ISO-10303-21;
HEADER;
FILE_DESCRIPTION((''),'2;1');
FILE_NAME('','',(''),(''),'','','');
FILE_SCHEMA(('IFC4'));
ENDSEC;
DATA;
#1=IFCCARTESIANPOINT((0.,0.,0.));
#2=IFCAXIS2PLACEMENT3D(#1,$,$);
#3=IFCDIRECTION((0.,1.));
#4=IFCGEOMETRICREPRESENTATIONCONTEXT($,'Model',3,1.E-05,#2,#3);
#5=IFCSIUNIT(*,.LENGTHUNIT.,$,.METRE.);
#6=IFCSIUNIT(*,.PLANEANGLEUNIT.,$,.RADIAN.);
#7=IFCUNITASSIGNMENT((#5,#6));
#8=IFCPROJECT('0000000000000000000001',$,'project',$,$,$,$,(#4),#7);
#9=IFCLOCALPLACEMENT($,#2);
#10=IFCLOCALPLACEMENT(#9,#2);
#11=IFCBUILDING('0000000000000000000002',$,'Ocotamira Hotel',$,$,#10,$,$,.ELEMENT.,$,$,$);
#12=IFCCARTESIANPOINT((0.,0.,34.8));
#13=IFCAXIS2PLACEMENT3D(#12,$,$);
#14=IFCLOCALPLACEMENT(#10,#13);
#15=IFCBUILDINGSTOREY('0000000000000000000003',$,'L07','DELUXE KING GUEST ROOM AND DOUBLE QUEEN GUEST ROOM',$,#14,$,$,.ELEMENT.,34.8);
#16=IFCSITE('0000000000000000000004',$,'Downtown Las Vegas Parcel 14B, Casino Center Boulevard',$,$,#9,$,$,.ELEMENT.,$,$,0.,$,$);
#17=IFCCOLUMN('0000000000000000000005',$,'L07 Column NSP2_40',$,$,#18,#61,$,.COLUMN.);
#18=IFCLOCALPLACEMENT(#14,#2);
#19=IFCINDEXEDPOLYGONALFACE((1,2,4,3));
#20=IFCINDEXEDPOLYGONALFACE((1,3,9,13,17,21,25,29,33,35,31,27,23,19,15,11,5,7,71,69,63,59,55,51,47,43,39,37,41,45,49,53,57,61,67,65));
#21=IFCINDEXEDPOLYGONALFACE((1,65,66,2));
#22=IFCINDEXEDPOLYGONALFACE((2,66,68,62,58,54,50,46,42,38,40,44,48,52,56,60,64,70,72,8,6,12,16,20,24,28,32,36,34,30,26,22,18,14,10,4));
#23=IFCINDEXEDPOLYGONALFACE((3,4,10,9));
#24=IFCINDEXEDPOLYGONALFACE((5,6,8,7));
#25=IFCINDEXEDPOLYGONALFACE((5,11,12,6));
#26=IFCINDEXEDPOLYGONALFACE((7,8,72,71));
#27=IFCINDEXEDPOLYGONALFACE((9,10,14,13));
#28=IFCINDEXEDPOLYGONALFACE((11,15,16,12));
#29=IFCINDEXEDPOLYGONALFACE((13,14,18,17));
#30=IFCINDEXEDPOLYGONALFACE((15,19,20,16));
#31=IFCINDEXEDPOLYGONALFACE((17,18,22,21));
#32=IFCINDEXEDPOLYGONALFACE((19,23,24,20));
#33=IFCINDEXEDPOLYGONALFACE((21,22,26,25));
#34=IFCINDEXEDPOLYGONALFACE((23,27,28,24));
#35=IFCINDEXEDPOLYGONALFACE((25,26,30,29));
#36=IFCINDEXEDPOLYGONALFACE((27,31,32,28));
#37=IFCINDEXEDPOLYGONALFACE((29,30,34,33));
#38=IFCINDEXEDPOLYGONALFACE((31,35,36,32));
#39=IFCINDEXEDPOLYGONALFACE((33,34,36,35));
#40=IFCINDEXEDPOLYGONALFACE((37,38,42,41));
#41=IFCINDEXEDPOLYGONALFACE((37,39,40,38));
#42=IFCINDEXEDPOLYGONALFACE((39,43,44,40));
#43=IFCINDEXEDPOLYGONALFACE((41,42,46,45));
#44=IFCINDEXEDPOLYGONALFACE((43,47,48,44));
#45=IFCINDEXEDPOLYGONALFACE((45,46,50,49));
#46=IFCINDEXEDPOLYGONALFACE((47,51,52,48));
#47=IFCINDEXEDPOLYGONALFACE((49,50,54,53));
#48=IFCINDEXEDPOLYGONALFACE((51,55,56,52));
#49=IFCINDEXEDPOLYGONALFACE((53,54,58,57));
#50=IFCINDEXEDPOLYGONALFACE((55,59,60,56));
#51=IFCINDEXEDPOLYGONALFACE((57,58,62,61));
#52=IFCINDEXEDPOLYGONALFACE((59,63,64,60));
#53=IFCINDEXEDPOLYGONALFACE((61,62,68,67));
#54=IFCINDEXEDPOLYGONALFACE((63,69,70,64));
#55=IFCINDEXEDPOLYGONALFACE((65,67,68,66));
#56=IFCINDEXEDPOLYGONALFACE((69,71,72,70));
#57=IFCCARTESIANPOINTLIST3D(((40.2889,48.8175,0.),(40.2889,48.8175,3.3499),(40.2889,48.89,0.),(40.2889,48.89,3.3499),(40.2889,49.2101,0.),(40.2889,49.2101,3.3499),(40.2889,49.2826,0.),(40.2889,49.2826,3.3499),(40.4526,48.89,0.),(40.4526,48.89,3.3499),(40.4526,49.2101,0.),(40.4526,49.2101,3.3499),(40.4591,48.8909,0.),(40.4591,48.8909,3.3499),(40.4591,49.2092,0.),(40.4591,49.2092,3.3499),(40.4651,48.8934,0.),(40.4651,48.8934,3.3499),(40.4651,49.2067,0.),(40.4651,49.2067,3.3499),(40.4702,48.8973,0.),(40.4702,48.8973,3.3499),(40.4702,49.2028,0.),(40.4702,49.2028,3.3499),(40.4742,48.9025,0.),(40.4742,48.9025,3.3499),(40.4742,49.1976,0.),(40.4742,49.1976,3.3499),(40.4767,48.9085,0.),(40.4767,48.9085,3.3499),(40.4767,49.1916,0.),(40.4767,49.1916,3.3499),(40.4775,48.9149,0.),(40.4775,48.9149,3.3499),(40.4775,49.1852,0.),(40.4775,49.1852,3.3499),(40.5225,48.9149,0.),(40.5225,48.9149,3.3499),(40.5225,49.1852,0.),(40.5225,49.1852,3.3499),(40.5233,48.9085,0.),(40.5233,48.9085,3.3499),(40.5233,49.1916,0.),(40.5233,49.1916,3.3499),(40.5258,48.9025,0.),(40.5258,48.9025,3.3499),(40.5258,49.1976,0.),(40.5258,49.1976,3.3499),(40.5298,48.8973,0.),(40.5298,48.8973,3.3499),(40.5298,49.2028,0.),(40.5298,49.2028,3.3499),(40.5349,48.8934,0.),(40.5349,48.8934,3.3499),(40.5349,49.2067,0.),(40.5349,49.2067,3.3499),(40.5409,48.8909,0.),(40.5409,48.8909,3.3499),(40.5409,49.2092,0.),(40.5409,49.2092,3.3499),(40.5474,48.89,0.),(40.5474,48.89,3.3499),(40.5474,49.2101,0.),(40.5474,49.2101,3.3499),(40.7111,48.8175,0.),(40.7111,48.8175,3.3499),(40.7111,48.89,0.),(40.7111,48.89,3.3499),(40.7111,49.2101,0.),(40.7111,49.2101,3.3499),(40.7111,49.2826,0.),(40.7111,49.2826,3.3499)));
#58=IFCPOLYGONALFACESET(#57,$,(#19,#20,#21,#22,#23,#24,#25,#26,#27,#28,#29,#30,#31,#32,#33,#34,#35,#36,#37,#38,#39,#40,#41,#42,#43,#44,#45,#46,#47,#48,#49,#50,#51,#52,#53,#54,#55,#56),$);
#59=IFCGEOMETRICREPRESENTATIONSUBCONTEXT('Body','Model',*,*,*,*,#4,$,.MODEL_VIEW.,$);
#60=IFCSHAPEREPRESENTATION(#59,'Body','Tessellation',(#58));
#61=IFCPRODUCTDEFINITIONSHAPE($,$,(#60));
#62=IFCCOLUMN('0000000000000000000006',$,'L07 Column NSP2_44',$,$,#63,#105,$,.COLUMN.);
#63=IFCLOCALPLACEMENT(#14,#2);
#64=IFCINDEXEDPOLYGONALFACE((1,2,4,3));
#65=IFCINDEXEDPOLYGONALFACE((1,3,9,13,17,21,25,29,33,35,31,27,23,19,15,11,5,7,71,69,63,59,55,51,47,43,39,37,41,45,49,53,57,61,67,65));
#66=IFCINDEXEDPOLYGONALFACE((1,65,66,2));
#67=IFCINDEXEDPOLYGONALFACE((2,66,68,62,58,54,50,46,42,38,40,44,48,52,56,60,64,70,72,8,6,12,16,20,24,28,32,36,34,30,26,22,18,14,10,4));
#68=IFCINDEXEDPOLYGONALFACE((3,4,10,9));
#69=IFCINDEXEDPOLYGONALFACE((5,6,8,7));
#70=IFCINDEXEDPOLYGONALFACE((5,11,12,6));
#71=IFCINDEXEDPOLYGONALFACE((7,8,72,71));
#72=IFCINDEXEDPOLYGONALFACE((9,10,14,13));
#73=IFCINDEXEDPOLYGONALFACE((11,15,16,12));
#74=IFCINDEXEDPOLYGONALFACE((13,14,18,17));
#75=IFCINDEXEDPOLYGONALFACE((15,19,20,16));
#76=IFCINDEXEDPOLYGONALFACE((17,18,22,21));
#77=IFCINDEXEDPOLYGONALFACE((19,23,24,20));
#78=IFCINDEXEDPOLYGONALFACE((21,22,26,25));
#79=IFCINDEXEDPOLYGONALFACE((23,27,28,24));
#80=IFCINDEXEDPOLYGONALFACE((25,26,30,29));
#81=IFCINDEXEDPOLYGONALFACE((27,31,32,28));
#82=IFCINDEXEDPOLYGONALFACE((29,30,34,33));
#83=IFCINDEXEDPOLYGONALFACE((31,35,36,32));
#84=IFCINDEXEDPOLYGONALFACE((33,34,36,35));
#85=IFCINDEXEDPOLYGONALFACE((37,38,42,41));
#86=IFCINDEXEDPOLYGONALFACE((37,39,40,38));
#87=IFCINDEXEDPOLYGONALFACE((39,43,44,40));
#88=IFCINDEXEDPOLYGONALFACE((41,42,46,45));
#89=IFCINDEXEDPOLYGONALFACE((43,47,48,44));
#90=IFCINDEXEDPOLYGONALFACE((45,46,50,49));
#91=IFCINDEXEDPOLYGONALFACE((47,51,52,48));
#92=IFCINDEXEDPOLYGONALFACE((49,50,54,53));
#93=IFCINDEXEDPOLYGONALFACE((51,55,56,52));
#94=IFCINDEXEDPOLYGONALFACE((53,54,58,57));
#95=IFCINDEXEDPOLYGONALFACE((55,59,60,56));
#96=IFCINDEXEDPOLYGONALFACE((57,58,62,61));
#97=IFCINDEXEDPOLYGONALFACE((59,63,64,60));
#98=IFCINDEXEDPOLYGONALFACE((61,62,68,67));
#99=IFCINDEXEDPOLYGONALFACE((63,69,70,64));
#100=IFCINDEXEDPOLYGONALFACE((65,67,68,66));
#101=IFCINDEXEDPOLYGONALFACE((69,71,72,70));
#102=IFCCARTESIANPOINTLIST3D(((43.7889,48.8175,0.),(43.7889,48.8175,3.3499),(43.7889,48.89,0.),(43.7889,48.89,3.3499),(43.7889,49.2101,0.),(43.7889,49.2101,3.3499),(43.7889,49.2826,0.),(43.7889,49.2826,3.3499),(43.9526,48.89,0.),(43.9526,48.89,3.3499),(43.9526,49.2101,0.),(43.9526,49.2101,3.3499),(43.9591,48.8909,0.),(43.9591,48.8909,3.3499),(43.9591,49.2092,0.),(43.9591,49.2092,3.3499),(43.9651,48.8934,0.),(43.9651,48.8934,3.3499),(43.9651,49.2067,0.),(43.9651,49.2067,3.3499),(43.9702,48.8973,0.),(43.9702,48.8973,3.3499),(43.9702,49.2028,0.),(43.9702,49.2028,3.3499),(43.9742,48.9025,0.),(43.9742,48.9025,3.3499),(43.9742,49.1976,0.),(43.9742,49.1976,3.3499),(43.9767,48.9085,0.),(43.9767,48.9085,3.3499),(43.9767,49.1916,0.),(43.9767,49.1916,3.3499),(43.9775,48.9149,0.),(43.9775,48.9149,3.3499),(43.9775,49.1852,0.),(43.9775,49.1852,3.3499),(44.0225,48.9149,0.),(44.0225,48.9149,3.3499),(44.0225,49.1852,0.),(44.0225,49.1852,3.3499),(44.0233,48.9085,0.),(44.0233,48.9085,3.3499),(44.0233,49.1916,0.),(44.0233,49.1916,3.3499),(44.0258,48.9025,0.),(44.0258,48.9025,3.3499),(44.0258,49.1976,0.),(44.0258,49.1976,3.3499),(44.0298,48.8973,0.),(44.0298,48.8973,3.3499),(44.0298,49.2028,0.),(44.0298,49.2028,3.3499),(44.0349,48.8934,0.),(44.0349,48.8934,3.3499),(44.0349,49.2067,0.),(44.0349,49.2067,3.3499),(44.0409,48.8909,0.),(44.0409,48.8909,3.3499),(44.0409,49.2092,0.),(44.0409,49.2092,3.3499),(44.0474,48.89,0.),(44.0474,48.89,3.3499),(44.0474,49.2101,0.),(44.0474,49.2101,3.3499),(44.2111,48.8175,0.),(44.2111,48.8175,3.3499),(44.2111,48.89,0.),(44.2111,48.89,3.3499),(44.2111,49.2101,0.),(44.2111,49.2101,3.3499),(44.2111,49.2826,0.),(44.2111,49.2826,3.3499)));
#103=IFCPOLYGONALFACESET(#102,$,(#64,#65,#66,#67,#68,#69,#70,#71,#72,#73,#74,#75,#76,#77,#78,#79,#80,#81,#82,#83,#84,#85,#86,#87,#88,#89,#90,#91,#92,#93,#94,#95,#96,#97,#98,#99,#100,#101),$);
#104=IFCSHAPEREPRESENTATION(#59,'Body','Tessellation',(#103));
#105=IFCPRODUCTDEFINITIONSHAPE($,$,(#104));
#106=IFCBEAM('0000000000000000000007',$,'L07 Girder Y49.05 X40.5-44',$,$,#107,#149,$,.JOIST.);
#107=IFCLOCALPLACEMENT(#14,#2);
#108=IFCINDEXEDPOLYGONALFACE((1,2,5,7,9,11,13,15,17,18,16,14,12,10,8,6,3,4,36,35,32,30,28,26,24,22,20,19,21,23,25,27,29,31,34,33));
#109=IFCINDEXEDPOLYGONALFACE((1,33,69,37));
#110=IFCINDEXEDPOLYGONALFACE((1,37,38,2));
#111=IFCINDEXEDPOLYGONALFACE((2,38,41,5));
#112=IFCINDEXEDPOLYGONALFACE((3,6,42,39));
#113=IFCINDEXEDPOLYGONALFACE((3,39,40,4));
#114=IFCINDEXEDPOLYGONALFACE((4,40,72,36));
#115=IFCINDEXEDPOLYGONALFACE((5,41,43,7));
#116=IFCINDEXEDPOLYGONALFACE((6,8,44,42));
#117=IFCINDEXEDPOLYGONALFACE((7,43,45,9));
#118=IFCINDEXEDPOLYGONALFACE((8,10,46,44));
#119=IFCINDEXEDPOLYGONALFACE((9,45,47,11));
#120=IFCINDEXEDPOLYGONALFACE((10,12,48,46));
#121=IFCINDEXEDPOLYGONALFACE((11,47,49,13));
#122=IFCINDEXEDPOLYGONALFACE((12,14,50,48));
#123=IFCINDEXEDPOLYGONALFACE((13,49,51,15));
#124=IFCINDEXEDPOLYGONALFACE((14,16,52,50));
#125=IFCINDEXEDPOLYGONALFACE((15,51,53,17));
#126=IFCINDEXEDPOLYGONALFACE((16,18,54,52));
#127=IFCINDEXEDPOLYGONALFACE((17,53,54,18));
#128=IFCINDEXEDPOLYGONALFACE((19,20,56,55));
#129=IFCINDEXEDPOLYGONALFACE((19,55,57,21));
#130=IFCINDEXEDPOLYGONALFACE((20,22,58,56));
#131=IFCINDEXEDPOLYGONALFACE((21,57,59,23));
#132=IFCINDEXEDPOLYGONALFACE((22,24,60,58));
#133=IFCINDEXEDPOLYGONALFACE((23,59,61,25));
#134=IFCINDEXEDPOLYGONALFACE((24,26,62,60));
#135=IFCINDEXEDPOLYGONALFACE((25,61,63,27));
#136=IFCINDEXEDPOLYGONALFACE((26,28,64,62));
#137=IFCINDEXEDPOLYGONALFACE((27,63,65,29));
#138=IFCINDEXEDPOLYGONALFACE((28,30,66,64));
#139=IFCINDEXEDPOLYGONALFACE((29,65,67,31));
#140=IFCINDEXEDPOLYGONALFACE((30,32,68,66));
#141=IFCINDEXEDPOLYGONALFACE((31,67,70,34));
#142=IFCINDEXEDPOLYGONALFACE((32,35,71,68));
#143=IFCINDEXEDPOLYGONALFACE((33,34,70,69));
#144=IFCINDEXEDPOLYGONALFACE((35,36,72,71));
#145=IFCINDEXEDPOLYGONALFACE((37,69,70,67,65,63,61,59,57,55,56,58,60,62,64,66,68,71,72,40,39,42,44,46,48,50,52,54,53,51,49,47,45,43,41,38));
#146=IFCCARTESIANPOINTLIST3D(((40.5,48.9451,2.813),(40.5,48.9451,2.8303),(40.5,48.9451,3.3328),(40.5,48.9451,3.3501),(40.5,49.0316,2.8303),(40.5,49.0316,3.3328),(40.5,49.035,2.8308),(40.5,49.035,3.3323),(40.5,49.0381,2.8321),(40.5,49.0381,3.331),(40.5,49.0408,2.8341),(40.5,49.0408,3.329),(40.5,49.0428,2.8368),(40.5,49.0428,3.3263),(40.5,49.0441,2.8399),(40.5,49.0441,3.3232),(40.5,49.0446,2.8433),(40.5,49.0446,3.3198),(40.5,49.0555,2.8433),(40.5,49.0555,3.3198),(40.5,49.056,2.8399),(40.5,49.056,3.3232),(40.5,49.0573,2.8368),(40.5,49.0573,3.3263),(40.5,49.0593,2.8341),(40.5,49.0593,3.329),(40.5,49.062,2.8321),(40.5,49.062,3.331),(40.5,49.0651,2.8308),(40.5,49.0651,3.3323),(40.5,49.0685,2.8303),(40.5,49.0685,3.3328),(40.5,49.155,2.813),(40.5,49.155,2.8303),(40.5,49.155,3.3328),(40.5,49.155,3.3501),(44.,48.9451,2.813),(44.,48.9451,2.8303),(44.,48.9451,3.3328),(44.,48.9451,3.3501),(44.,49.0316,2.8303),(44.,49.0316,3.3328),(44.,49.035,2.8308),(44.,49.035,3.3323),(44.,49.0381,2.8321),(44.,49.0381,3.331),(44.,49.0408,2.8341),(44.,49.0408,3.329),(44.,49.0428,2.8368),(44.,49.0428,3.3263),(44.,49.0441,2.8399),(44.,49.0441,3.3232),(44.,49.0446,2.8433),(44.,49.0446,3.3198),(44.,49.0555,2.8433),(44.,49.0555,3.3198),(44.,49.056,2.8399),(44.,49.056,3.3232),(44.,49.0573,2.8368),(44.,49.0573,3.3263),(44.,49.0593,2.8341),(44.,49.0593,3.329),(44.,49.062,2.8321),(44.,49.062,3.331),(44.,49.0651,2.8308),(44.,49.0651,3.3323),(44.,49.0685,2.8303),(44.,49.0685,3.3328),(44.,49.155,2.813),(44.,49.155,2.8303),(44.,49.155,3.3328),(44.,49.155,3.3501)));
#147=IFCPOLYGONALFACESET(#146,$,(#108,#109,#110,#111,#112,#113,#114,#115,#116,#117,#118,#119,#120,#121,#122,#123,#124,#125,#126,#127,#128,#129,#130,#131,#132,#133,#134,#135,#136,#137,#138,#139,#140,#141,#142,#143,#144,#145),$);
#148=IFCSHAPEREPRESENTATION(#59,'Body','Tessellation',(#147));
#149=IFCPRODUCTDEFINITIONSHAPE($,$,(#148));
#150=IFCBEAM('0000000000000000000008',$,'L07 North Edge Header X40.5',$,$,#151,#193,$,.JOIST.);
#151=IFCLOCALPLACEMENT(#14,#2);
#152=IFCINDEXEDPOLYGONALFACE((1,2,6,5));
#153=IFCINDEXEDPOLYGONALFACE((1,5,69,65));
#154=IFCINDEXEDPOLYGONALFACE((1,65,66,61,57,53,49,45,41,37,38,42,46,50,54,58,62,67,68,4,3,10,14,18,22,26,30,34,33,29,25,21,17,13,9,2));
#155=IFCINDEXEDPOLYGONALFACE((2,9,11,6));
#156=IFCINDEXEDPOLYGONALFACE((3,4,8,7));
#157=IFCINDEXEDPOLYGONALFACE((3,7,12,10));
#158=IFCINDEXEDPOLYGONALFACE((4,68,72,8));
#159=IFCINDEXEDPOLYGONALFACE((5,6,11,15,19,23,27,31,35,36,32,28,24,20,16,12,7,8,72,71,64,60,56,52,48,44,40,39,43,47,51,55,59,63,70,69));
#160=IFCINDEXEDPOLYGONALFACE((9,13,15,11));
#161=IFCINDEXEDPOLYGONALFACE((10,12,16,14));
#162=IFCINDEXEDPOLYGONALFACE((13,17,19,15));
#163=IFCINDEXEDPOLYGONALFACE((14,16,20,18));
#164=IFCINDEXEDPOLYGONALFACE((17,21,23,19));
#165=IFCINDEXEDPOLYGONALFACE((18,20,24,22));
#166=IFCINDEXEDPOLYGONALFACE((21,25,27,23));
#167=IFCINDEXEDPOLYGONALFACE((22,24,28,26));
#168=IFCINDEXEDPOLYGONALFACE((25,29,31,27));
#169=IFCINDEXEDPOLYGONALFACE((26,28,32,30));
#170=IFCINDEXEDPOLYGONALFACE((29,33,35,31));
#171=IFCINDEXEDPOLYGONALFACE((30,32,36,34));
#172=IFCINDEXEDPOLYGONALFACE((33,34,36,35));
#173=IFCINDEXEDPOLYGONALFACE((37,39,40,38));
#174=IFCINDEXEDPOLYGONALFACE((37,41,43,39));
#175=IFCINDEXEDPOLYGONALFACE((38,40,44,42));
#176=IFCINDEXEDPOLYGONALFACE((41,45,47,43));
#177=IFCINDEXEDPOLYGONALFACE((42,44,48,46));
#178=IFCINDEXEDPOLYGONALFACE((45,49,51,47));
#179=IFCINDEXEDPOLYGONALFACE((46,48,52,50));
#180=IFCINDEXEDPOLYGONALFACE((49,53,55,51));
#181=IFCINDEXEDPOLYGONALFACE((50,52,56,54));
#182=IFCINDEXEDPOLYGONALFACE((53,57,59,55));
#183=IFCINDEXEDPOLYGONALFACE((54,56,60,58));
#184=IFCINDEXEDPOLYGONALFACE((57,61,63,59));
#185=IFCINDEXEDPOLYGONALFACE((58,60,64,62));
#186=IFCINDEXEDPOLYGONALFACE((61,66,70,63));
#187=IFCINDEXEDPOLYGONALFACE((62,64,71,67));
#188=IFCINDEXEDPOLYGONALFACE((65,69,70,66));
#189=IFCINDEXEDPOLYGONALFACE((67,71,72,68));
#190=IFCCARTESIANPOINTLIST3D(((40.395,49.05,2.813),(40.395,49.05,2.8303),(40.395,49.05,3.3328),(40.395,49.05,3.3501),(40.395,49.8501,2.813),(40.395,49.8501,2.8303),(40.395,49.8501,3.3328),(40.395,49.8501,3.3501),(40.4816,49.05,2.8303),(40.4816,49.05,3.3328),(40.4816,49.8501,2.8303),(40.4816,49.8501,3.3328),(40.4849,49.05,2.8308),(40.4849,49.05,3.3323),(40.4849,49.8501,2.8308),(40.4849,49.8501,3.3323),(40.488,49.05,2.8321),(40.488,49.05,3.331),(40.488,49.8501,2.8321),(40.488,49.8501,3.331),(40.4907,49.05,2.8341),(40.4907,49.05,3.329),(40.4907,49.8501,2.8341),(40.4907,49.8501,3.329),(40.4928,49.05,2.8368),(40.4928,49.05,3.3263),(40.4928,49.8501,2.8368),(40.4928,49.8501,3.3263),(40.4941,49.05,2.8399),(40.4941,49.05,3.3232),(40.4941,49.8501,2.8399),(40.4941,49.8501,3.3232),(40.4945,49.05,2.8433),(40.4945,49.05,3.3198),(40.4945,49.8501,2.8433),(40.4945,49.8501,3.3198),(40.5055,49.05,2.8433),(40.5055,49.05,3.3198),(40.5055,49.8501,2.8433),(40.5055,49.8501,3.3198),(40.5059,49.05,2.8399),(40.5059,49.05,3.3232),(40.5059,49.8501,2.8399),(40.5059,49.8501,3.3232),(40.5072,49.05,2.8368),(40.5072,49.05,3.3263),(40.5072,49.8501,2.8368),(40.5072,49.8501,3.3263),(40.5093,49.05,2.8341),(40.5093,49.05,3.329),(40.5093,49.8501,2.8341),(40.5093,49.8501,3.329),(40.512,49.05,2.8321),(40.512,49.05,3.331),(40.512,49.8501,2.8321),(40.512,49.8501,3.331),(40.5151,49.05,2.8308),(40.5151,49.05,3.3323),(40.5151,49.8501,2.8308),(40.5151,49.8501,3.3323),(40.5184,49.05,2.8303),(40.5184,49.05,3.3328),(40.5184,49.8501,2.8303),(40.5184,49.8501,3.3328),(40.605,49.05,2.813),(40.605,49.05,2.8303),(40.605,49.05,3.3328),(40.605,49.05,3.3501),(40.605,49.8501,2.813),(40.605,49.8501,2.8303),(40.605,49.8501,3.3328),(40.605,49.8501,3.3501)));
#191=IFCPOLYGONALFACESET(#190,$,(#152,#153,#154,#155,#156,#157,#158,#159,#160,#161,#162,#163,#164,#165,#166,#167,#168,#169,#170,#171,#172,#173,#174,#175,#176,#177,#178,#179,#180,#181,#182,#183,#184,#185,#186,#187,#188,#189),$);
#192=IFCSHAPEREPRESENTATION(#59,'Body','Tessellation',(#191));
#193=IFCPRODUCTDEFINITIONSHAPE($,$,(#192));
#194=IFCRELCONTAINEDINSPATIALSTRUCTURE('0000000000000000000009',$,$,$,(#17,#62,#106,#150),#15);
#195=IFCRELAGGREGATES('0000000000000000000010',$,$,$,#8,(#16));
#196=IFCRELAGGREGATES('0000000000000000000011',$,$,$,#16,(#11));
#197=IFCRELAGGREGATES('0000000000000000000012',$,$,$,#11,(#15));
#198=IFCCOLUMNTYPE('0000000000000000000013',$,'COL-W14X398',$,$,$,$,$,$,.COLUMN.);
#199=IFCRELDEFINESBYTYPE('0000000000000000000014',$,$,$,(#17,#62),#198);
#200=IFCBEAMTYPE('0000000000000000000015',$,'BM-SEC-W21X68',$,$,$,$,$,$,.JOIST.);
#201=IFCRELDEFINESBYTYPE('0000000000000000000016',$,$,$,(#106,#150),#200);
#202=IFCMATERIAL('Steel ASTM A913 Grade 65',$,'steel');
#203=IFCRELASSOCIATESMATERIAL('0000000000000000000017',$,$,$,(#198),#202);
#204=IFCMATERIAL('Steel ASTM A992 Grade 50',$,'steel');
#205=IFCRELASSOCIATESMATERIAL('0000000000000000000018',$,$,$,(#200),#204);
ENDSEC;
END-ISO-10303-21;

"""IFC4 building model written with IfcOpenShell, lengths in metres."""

from ifc_helpers import new_model, si_unit, direction, frame, origin, origin_2d, place, context, subcontext, project, spatial, i_section, extrude, source, transform, mapped, material, material_profile, profile_set, type_object, element, save


model = new_model("IFC4")

# Units and contexts
model_context = context("Model", 3, precision=1e-05, world=origin(), true_north=direction((0.0, 1.0)))
body_context = subcontext(model_context, "Body", "Model", "MODEL_VIEW")
ifc_project = project(units=[si_unit("LENGTHUNIT", "METRE"), si_unit("PLANEANGLEUNIT", "RADIAN")], contexts=[model_context])

# Site, building, storey
site_placement = place(None, origin())
site = spatial("IfcSite", under=ifc_project, at=site_placement, Name="Downtown Las Vegas Parcel 14B, Casino Center Boulevard", CompositionType="ELEMENT", RefElevation=0.0)
building_placement = place(site_placement, origin())
building = spatial("IfcBuilding", under=site, at=building_placement, Name="Ocotamira Hotel", CompositionType="ELEMENT")
storey_placement = place(building_placement, frame((0.0, 0.0, 34.8)))
storey = spatial("IfcBuildingStorey", under=building, at=storey_placement, Name="L07", Description="DELUXE KING GUEST ROOM AND DOUBLE QUEEN GUEST ROOM", CompositionType="ELEMENT", Elevation=34.8)

# Columns
ifc_material_1 = material(Name="Steel ASTM A913 Grade 65", Category="steel")
ifc_material_profile_1 = material_profile(ifc_material_1, i_section(OverallWidth=0.4221, OverallDepth=0.4651, WebThickness=0.0449, FlangeThickness=0.0725, FilletRadius=0.0249, at=origin_2d()), Name="W14X398")
ifc_profile_set_1 = profile_set([ifc_material_profile_1], Name="Steel ASTM A913 Grade 65")
column_type = type_object("IfcColumnType", Name="COL-W14X398", PredefinedType="COLUMN", material=ifc_profile_set_1)
shared_shape_1 = source(origin(), body_context, "Body", "SweptSolid", [
    extrude(i_section(OverallWidth=0.4221, OverallDepth=0.4651, WebThickness=0.0449, FlangeThickness=0.0725, FilletRadius=0.0249, at=origin_2d()), origin(), (0.0, 0.0, 1.0), 3.3499),
])
for number, where, z_axis, x_axis, name in (
    (1, (40.5, 49.05, 0.0), (0.0, 0.0, 1.0), (1.0, 0.0, 0.0), "L07 Column NSP2_40"),
    (2, (44.0, 49.05, 0.0), (0.0, 0.0, 1.0), (1.0, 0.0, 0.0), "L07 Column NSP2_44"),
):
    element("IfcColumn", number, at=place(storey_placement, frame(where, z_axis=z_axis, x_axis=x_axis)), inside=storey, type_object=column_type, Name=name, PredefinedType="COLUMN", context=body_context, shape_type="MappedRepresentation", body=[
        mapped(shared_shape_1, transform((0.0, 0.0, 0.0), scale=1.0)),
    ])

# Beams
ifc_material_2 = material(Name="Steel ASTM A992 Grade 50", Category="steel")
ifc_material_profile_2 = material_profile(ifc_material_2, i_section(OverallWidth=0.21, OverallDepth=0.5371, WebThickness=0.011, FlangeThickness=0.0173, FilletRadius=0.0129, at=origin_2d()), Name="W21X68")
ifc_profile_set_2 = profile_set([ifc_material_profile_2], Name="Steel ASTM A992 Grade 50")
beam_type = type_object("IfcBeamType", Name="BM-SEC-W21X68", PredefinedType="JOIST", material=ifc_profile_set_2)
shared_shape_2 = source(origin(), body_context, "Body", "SweptSolid", [
    extrude(i_section(OverallWidth=0.21, OverallDepth=0.5371, WebThickness=0.011, FlangeThickness=0.0173, FilletRadius=0.0129, at=origin_2d()), origin(), (0.0, 0.0, 1.0), 3.5),
])
beam_1_placement = place(storey_placement, frame((40.5, 49.05, 3.0815), z_axis=(1.0, 0.0, 0.0), x_axis=(0.0, 1.0, 0.0)))
element("IfcBeam", 3, at=beam_1_placement, inside=storey, type_object=beam_type, Name="L07 Girder Y49.05 X40.5-44", PredefinedType="JOIST", context=body_context, shape_type="MappedRepresentation", body=[
    mapped(shared_shape_2, transform((0.0, 0.0, 0.0), scale=1.0)),
])
shared_shape_3 = source(origin(), body_context, "Body", "SweptSolid", [
    extrude(i_section(OverallWidth=0.21, OverallDepth=0.5371, WebThickness=0.011, FlangeThickness=0.0173, FilletRadius=0.0129, at=origin_2d()), origin(), (0.0, 0.0, 1.0), 0.8),
])
beam_2_placement = place(storey_placement, frame((40.5, 49.05, 3.0815), z_axis=(0.0, 1.0, 0.0), x_axis=(-1.0, 0.0, 0.0)))
element("IfcBeam", 4, at=beam_2_placement, inside=storey, type_object=beam_type, Name="L07 North Edge Header X40.5", PredefinedType="JOIST", context=body_context, shape_type="MappedRepresentation", body=[
    mapped(shared_shape_3, transform((0.0, 0.0, 0.0), scale=1.0)),
])

save(model, "model.ifc")
